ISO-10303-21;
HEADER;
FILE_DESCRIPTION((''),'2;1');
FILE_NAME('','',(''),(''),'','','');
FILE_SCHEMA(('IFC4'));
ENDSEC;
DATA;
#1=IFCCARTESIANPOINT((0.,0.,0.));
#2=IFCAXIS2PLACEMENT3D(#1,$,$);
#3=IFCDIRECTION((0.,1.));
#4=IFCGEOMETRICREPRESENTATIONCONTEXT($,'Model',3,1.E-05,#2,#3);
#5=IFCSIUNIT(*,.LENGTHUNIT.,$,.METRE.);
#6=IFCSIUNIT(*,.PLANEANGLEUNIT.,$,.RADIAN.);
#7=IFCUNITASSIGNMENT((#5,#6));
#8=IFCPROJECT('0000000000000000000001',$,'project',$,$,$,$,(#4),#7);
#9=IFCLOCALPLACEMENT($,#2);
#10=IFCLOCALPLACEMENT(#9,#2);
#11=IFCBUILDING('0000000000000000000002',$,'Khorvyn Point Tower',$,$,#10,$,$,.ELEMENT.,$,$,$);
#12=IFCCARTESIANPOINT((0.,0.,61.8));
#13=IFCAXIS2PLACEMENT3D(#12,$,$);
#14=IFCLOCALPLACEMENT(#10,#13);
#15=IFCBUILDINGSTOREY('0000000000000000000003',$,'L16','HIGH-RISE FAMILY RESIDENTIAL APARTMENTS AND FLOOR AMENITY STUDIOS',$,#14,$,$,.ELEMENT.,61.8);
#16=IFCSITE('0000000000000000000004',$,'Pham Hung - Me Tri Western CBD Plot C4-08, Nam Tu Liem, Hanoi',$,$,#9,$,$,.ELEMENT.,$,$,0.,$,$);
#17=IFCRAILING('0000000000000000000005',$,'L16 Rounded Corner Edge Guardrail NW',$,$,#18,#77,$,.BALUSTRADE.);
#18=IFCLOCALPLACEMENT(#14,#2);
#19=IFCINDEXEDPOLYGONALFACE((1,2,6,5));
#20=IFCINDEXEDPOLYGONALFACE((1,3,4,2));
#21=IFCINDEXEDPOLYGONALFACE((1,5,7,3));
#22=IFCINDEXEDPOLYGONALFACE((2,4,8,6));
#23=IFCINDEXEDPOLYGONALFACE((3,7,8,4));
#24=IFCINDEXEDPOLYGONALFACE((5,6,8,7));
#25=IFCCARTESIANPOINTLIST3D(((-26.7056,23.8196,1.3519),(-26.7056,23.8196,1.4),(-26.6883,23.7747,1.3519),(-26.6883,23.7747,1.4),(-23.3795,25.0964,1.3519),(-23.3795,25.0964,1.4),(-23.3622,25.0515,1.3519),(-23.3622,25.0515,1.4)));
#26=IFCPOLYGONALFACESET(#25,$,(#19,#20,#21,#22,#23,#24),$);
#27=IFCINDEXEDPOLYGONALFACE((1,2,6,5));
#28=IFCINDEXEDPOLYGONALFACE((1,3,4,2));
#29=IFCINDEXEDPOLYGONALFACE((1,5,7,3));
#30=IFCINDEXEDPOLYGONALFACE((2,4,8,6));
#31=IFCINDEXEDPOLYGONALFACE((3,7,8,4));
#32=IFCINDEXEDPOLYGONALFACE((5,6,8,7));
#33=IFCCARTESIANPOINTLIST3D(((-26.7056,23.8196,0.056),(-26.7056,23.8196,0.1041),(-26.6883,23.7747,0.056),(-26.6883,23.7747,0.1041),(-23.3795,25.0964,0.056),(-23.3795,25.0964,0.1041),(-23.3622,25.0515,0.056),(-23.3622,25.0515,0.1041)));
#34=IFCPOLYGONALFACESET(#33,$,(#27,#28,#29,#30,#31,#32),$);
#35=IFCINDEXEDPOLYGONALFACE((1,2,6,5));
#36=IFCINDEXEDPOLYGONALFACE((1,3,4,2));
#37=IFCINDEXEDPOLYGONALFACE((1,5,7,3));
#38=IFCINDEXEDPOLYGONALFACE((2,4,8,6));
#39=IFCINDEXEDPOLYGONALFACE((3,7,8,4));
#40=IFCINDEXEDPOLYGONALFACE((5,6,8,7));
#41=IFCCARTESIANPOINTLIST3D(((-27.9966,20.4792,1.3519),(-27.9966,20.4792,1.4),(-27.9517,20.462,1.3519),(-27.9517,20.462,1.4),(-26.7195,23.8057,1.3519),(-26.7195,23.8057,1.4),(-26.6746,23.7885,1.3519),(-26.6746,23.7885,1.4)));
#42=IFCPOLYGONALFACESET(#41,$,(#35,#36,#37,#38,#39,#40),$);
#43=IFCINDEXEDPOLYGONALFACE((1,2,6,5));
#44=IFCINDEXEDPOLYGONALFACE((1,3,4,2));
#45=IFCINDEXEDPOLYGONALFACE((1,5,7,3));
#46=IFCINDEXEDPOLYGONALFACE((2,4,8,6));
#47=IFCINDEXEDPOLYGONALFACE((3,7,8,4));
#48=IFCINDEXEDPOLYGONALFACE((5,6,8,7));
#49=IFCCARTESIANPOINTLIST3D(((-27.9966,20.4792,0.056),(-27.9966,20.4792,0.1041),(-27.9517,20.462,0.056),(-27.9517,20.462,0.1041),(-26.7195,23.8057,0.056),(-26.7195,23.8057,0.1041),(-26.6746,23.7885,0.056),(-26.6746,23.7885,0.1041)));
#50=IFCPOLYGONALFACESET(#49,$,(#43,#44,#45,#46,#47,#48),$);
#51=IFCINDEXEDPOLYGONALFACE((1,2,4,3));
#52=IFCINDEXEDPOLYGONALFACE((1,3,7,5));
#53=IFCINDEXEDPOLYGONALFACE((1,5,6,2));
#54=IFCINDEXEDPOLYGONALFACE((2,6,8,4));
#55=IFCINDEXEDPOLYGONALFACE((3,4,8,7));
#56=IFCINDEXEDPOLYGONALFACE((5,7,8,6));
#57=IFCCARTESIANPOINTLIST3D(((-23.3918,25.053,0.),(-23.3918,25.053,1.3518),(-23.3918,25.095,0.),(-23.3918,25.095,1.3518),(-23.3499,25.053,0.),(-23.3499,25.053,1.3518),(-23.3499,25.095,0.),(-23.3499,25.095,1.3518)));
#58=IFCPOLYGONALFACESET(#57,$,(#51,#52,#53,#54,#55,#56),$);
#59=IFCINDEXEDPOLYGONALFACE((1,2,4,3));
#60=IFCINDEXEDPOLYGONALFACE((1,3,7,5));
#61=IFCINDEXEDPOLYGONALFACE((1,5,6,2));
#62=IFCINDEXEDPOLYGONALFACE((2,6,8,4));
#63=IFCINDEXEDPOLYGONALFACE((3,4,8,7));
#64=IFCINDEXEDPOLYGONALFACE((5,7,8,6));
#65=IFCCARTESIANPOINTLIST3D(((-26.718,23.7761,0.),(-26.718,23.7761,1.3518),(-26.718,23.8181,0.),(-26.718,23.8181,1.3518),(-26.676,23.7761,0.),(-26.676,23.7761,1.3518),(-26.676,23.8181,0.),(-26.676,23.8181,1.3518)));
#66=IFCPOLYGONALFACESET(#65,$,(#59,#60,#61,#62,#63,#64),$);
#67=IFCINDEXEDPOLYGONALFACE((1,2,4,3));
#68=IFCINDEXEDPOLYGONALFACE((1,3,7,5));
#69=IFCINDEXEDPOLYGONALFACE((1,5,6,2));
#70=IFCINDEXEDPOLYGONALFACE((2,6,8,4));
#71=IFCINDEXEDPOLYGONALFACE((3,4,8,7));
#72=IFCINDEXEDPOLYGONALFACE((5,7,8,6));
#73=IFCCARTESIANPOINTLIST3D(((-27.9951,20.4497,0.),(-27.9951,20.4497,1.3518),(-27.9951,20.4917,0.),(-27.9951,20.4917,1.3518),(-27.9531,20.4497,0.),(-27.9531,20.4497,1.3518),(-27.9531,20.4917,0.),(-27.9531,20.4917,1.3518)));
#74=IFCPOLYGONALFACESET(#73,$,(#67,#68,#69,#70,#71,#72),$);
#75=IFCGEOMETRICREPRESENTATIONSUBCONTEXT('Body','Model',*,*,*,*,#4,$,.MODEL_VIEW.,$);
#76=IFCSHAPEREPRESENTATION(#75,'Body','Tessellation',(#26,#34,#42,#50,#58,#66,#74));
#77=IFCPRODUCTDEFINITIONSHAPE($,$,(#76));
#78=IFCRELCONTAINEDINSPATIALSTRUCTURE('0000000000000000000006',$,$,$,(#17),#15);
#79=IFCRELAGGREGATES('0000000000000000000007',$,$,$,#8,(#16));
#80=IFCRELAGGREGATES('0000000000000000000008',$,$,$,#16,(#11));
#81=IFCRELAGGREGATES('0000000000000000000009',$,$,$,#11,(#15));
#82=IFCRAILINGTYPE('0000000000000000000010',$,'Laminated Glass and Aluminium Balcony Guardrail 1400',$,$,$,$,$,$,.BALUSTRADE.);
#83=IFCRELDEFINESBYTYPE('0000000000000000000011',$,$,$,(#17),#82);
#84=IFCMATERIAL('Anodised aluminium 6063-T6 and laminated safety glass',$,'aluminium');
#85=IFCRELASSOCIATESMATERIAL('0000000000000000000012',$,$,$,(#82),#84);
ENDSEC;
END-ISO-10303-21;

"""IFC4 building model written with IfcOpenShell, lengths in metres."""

from ifc_helpers import new_model, si_unit, direction, frame, origin, origin_2d, place, context, subcontext, project, spatial, rectangle, extrude, material, type_object, element, save


model = new_model("IFC4")

# Units and contexts
model_context = context("Model", 3, precision=1e-05, world=origin(), true_north=direction((0.0, 1.0)))
body_context = subcontext(model_context, "Body", "Model", "MODEL_VIEW")
ifc_project = project(units=[si_unit("LENGTHUNIT", "METRE"), si_unit("PLANEANGLEUNIT", "RADIAN")], contexts=[model_context])

# Site, building, storey
site_placement = place(None, origin())
site = spatial("IfcSite", under=ifc_project, at=site_placement, Name="Pham Hung - Me Tri Western CBD Plot C4-08, Nam Tu Liem, Hanoi", CompositionType="ELEMENT", RefElevation=0.0)
building_placement = place(site_placement, origin())
building = spatial("IfcBuilding", under=site, at=building_placement, Name="Khorvyn Point Tower", CompositionType="ELEMENT")
storey_placement = place(building_placement, frame((0.0, 0.0, 61.8)))
storey = spatial("IfcBuildingStorey", under=building, at=storey_placement, Name="L16", Description="HIGH-RISE FAMILY RESIDENTIAL APARTMENTS AND FLOOR AMENITY STUDIOS", CompositionType="ELEMENT", Elevation=61.8)

# Railing
ifc_material_1 = material(Name="Anodised aluminium 6063-T6 and laminated safety glass", Category="aluminium")
railing_type = type_object("IfcRailingType", Name="Laminated Glass and Aluminium Balcony Guardrail 1400", PredefinedType="BALUSTRADE", material=ifc_material_1)
railing_1_placement = place(storey_placement, frame((-23.3708, 25.074, 0.0)))
element("IfcRailing", 1, at=railing_1_placement, inside=storey, type_object=railing_type, Name="L16 Rounded Corner Edge Guardrail NW", PredefinedType="BALUSTRADE", context=body_context, shape_type="SweptSolid", body=[
    extrude(rectangle(XDim=0.0481, YDim=0.0481, at=origin_2d()), frame((0.0, 0.0, 1.376), z_axis=(-0.933575, -0.358382, 0.0), x_axis=(0.358382, -0.933575, 0.0)), (0.0, 0.0, 1.0), 3.5627),
    extrude(rectangle(XDim=0.0481, YDim=0.0481, at=origin_2d()), frame((0.0, 0.0, 0.0801), z_axis=(-0.933575, -0.358382, 0.0), x_axis=(0.358382, -0.933575, 0.0)), (0.0, 0.0, 1.0), 3.5627),
    extrude(rectangle(XDim=0.0481, YDim=0.0481, at=origin_2d()), frame((-3.3262, -1.2769, 1.376), z_axis=(-0.358419, -0.933561, 0.0), x_axis=(0.933561, -0.358419, 0.0)), (0.0, 0.0, 1.0), 3.5632),
    extrude(rectangle(XDim=0.0481, YDim=0.0481, at=origin_2d()), frame((-3.3262, -1.2769, 0.0801), z_axis=(-0.358419, -0.933561, 0.0), x_axis=(0.933561, -0.358419, 0.0)), (0.0, 0.0, 1.0), 3.5632),
    extrude(rectangle(XDim=0.042, YDim=0.042, at=origin_2d()), origin(), (0.0, 0.0, 1.0), 1.3518),
    extrude(rectangle(XDim=0.042, YDim=0.042, at=origin_2d()), frame((-3.3262, -1.2769, 0.0)), (0.0, 0.0, 1.0), 1.3518),
    extrude(rectangle(XDim=0.042, YDim=0.042, at=origin_2d()), frame((-4.6033, -4.6033, 0.0)), (0.0, 0.0, 1.0), 1.3518),
])

save(model, "model.ifc")
